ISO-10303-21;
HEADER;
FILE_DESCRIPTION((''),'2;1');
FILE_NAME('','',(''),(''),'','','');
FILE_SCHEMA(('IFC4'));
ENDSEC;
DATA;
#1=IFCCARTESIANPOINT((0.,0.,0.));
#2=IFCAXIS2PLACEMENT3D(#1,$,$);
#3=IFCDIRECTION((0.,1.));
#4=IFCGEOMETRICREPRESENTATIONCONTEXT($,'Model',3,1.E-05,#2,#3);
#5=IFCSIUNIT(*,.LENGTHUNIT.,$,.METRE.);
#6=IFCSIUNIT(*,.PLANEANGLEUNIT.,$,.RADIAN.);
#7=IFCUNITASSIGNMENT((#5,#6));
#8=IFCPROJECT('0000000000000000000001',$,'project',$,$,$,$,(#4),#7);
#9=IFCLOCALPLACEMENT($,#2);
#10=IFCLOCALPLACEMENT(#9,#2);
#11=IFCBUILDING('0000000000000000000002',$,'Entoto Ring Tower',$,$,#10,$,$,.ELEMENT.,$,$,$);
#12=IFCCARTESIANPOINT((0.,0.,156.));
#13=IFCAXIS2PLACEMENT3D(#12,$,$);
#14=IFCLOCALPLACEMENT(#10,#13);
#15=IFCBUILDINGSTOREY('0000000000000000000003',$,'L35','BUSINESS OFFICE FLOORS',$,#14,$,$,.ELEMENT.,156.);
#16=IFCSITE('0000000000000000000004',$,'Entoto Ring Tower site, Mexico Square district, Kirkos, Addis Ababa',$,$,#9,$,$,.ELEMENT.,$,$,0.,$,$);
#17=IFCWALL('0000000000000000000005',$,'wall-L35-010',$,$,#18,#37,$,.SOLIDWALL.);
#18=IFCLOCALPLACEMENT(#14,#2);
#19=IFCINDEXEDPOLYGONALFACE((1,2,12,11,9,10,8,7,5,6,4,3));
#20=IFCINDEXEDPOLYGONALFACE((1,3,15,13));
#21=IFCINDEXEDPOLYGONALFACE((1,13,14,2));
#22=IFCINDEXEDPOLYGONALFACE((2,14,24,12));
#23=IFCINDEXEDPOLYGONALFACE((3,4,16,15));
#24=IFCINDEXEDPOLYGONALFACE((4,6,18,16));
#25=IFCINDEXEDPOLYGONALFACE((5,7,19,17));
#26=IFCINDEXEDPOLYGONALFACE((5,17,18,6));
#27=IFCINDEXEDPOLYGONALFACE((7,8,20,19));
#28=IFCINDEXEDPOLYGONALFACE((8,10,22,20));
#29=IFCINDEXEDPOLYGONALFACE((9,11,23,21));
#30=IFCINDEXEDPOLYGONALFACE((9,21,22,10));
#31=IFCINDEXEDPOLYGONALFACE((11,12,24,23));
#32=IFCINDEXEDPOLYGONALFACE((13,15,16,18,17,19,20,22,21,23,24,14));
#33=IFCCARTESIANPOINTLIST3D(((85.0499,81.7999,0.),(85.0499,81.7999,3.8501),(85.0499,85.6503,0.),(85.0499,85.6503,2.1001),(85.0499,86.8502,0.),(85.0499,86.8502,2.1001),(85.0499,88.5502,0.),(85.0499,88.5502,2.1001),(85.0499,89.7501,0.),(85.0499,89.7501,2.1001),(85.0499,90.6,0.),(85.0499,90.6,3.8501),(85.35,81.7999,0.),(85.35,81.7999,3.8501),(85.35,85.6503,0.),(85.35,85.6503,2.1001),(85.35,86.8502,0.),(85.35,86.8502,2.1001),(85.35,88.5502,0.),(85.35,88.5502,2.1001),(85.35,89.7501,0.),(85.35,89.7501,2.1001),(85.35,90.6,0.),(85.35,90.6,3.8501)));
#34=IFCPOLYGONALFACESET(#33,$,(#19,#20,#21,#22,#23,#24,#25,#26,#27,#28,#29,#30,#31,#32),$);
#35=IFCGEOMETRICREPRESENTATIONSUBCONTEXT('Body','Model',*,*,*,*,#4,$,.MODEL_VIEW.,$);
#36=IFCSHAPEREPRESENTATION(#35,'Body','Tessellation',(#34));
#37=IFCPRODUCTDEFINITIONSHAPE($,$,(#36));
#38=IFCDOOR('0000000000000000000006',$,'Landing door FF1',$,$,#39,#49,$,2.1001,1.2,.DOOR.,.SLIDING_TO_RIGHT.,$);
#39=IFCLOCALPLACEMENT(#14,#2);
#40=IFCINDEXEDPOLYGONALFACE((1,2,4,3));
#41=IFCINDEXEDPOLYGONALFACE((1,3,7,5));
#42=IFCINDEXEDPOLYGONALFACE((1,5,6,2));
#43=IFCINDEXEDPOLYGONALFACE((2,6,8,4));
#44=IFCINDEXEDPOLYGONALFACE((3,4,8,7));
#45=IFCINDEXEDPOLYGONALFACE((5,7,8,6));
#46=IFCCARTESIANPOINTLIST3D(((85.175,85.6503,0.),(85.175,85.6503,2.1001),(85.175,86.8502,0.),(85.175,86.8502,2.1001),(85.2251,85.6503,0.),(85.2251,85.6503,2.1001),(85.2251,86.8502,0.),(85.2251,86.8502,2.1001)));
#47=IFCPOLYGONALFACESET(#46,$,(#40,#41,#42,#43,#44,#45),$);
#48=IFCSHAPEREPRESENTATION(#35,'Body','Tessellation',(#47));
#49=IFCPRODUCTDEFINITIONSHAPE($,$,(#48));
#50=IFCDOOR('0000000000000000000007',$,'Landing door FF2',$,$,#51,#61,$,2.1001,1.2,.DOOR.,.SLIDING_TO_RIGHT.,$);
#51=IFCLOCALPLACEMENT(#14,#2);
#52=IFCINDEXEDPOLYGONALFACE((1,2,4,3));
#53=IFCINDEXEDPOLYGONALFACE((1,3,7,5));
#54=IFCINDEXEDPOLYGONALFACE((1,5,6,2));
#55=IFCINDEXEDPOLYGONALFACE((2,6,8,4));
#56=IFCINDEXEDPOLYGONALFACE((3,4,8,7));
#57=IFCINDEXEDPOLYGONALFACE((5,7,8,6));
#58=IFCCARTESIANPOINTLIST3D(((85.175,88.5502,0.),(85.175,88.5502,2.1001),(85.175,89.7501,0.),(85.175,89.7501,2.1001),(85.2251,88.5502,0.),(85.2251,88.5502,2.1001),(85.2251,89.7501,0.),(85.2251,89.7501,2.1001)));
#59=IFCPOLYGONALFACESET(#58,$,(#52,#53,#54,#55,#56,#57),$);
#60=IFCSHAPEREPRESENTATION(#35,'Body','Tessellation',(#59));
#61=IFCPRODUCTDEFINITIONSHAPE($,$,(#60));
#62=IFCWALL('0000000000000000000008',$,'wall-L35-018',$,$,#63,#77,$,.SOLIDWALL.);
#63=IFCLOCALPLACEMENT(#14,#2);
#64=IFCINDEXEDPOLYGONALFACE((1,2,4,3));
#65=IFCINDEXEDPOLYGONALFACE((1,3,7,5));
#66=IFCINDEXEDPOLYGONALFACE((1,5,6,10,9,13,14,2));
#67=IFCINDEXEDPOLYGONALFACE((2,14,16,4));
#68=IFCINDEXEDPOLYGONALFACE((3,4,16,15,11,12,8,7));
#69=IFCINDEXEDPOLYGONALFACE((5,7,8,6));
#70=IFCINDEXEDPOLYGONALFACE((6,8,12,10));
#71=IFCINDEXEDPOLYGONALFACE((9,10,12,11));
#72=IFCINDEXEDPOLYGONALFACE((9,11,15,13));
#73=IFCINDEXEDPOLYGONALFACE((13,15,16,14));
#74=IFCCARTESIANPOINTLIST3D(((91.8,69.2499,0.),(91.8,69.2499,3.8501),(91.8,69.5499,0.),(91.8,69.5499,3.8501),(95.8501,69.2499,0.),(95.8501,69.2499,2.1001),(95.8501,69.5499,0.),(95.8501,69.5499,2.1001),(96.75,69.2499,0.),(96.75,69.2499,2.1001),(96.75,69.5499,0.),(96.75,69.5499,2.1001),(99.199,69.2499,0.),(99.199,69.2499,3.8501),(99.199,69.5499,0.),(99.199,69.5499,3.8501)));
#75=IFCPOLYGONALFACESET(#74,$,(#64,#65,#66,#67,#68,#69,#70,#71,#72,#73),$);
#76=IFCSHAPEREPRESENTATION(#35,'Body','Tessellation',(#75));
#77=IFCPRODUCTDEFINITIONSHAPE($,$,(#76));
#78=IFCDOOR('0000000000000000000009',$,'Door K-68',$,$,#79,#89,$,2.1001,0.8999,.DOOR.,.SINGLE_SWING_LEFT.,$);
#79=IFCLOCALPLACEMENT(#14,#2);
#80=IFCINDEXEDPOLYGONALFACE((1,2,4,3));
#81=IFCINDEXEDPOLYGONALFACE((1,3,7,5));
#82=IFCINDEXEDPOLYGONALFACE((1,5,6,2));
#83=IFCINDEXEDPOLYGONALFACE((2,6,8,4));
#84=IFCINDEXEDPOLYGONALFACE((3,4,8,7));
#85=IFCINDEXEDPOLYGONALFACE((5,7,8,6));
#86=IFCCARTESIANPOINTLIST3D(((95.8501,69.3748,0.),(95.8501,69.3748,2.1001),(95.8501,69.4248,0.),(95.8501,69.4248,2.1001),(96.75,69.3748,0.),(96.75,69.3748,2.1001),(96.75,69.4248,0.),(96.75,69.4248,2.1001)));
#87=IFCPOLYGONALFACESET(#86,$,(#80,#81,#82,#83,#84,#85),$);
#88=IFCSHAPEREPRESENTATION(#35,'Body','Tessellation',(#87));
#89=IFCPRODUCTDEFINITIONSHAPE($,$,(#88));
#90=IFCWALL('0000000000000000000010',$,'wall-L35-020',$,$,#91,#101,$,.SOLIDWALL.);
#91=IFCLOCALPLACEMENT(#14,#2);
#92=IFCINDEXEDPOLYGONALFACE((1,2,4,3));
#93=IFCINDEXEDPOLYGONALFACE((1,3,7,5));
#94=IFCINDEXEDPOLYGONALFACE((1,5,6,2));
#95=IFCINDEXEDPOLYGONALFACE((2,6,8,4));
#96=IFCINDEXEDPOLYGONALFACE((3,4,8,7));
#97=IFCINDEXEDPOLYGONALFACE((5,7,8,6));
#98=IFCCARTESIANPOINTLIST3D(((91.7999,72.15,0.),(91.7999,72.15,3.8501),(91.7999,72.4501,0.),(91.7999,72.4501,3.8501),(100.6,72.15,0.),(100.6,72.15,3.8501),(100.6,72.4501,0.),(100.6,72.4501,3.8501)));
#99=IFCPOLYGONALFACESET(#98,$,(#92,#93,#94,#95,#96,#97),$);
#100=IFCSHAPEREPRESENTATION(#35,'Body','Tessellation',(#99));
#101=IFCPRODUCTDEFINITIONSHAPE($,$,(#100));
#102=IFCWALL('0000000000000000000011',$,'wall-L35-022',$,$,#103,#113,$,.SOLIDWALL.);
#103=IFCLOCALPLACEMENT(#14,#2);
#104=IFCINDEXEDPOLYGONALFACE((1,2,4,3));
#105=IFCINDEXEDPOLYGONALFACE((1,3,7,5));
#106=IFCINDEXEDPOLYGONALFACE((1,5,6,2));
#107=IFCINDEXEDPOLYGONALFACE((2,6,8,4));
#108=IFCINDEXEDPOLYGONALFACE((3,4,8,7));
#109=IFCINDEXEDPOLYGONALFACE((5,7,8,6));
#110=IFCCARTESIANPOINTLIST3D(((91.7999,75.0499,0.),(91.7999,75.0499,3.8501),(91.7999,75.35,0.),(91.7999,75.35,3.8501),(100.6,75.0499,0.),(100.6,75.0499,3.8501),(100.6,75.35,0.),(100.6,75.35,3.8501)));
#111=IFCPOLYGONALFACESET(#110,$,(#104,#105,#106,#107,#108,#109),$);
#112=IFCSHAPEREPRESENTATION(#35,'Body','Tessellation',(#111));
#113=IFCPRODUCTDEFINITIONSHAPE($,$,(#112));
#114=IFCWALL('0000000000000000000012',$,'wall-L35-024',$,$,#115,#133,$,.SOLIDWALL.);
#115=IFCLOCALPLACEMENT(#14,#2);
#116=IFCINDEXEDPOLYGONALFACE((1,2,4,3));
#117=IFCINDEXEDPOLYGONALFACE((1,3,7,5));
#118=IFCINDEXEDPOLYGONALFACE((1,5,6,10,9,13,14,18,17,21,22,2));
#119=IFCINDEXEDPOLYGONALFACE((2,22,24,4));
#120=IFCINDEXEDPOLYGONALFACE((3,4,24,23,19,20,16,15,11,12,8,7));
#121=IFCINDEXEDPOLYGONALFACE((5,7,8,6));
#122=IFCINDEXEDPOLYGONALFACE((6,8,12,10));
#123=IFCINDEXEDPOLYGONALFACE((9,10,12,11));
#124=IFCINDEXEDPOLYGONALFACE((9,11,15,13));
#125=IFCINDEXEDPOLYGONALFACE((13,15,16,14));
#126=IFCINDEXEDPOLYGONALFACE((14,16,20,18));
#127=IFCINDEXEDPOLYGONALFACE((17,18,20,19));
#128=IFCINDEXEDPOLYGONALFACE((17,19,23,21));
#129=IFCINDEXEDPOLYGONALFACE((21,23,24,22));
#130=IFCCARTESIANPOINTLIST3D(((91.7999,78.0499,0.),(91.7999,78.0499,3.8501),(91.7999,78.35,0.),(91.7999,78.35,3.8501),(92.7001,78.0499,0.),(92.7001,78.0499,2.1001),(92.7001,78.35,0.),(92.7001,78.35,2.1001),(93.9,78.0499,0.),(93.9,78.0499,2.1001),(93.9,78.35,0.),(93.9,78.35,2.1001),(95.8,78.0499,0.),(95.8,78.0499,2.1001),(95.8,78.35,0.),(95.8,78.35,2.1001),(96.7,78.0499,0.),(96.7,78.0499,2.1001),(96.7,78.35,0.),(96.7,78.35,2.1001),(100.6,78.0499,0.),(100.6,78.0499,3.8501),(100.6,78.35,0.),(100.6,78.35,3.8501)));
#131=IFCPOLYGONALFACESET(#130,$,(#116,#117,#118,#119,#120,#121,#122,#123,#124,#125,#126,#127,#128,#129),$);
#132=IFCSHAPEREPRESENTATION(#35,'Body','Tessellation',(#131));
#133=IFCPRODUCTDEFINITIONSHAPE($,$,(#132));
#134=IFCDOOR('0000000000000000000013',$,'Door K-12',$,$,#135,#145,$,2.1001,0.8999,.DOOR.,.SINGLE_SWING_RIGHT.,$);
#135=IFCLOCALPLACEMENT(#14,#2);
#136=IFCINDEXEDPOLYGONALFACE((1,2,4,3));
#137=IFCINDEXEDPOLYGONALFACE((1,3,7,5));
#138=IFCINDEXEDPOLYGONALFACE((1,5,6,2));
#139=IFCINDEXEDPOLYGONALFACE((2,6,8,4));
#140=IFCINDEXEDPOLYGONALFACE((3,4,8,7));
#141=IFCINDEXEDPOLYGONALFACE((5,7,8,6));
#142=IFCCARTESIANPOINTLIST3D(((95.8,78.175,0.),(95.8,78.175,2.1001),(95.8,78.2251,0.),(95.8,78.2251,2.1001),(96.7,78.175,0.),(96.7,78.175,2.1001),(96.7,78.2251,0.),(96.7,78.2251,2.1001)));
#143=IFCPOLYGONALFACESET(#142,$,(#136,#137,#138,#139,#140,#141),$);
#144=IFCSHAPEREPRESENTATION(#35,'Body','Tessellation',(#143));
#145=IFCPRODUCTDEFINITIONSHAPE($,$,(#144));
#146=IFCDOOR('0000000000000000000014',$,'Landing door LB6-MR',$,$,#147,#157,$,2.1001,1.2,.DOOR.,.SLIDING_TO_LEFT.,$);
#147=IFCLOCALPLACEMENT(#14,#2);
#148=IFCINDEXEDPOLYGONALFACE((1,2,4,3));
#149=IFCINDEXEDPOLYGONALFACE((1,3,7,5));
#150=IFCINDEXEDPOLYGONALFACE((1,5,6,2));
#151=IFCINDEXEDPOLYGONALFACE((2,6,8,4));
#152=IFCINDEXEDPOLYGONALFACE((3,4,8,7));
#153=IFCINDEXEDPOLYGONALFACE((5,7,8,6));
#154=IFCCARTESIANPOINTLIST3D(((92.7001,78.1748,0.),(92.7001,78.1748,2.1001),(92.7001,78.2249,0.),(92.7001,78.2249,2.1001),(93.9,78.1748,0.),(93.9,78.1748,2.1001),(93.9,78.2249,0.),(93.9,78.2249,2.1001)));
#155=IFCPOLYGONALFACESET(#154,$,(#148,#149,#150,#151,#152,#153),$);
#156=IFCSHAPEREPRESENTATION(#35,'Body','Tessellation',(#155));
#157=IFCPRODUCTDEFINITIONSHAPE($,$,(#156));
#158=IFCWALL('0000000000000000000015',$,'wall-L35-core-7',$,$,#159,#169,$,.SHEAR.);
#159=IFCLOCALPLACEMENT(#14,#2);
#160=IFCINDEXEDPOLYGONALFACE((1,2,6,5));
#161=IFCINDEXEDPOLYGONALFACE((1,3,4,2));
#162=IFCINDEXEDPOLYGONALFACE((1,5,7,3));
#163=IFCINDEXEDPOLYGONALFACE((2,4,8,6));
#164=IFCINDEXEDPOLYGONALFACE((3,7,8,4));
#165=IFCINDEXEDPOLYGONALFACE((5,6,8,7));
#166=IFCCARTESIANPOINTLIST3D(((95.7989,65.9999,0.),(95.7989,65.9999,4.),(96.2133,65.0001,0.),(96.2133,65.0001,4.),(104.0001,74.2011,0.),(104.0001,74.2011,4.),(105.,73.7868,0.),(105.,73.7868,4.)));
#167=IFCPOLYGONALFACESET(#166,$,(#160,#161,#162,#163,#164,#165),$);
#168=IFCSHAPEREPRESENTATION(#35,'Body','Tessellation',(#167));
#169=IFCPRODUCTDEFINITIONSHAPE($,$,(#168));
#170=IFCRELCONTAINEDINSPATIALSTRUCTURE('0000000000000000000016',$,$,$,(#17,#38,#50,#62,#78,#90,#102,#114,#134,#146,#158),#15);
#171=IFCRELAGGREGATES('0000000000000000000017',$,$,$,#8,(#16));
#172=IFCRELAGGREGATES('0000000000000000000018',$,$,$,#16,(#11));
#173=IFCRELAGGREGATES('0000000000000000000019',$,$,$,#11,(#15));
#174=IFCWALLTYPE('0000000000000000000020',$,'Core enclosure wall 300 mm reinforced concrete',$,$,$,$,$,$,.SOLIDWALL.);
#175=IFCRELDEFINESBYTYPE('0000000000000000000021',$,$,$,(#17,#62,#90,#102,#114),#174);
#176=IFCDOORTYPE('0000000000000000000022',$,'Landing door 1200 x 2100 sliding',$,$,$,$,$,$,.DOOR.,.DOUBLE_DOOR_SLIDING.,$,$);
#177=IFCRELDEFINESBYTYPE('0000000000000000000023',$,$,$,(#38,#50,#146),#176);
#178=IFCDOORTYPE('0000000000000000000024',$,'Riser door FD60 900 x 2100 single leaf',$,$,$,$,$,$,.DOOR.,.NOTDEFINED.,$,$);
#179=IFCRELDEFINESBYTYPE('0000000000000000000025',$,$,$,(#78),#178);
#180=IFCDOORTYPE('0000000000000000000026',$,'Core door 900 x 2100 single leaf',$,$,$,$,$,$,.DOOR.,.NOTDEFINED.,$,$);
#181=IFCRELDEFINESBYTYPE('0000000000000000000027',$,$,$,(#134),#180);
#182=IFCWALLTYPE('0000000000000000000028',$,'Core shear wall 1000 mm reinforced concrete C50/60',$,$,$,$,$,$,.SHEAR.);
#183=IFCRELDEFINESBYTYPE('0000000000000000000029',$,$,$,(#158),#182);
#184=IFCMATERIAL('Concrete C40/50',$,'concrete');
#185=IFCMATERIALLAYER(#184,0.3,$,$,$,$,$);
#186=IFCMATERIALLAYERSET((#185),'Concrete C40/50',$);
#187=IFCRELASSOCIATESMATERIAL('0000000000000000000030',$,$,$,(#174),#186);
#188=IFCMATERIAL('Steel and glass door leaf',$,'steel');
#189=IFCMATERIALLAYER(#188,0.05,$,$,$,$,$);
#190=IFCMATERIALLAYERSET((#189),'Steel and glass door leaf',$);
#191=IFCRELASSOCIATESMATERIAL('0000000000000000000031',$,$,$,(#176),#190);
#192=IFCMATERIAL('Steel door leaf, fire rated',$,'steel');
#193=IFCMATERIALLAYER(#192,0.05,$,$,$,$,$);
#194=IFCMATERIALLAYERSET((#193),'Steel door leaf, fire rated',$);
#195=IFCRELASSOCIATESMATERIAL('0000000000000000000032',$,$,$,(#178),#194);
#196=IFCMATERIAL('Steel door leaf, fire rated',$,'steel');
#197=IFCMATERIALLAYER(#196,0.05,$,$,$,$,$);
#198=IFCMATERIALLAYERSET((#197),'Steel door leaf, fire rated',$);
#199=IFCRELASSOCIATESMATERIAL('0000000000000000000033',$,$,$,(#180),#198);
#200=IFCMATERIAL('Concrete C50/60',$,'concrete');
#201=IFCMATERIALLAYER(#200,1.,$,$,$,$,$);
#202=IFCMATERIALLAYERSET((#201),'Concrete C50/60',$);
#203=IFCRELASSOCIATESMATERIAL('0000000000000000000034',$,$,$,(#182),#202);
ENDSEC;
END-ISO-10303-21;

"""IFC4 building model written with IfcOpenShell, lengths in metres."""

from ifc_helpers import new_model, si_unit, direction, frame, frame_2d, origin, place, context, subcontext, project, spatial, polyline, rectangle, outline, extrude, material, layer, layer_set, type_object, element, fill, save


model = new_model("IFC4")

# Units and contexts
model_context = context("Model", 3, precision=1e-05, world=origin(), true_north=direction((0.0, 1.0)))
body_context = subcontext(model_context, "Body", "Model", "MODEL_VIEW")
ifc_project = project(units=[si_unit("LENGTHUNIT", "METRE"), si_unit("PLANEANGLEUNIT", "RADIAN")], contexts=[model_context])

# Site, building, storey
site_placement = place(None, origin())
site = spatial("IfcSite", under=ifc_project, at=site_placement, Name="Entoto Ring Tower site, Mexico Square district, Kirkos, Addis Ababa", CompositionType="ELEMENT", RefElevation=0.0)
building_placement = place(site_placement, origin())
building = spatial("IfcBuilding", under=site, at=building_placement, Name="Entoto Ring Tower", CompositionType="ELEMENT")
storey_placement = place(building_placement, frame((0.0, 0.0, 156.0)))
storey = spatial("IfcBuildingStorey", under=building, at=storey_placement, Name="L35", Description="BUSINESS OFFICE FLOORS", CompositionType="ELEMENT", Elevation=156.0)

# Shared definitions
ifc_material_1 = material(Name="Concrete C40/50", Category="concrete")
ifc_layer_1 = layer(ifc_material_1, 0.3)
ifc_layer_set_1 = layer_set([ifc_layer_1], Name="Concrete C40/50")
wall_type_1 = type_object("IfcWallType", Name="Core enclosure wall 300 mm reinforced concrete", PredefinedType="SOLIDWALL", material=ifc_layer_set_1)

# Shared definitions
ifc_material_2 = material(Name="Steel and glass door leaf", Category="steel")
ifc_layer_2 = layer(ifc_material_2, 0.05)
ifc_layer_set_2 = layer_set([ifc_layer_2], Name="Steel and glass door leaf")
door_type_1 = type_object("IfcDoorType", Name="Landing door 1200 x 2100 sliding", OperationType="DOUBLE_DOOR_SLIDING", PredefinedType="DOOR", material=ifc_layer_set_2)

# Wall, openings, doors
wall_1_placement = place(storey_placement, frame((85.2, 81.8, 0.0), z_axis=(0.0, 0.0, 1.0), x_axis=(0.0, 1.0, 0.0)))
wall_1 = element("IfcWall", 1, at=wall_1_placement, inside=storey, type_object=wall_type_1, Name="wall-L35-010", PredefinedType="SOLIDWALL", context=body_context, shape_type="SweptSolid", body=[
    extrude(rectangle(XDim=8.8, YDim=0.3, at=frame_2d((4.3999, 0.0))), origin(), (0.0, 0.0, 1.0), 3.8501),
])
opening_1_placement = place(wall_1_placement, frame((3.8501, 0.0, 0.0)))
opening_1 = element("IfcOpeningElement", 2, at=opening_1_placement, cuts=wall_1, PredefinedType="OPENING", context=body_context, shape_type="SweptSolid", body=[
    extrude(rectangle(XDim=1.2, YDim=2.1001, at=frame_2d((0.6001, 1.05))), frame((0.0, 0.1602, 0.0), z_axis=(0.0, -1.0, 0.0), x_axis=(1.0, 0.0, 0.0)), (0.0, 0.0, 1.0), 0.3201),
])
opening_2_placement = place(wall_1_placement, frame((6.75, 0.0, 0.0)))
opening_2 = element("IfcOpeningElement", 3, at=opening_2_placement, cuts=wall_1, PredefinedType="OPENING", context=body_context, shape_type="SweptSolid", body=[
    extrude(rectangle(XDim=1.2, YDim=2.1001, at=frame_2d((0.6001, 1.05))), frame((0.0, 0.1602, 0.0), z_axis=(0.0, -1.0, 0.0), x_axis=(1.0, 0.0, 0.0)), (0.0, 0.0, 1.0), 0.3201),
])
door_1_placement = place(opening_1_placement, origin())
door_1 = element("IfcDoor", 4, at=door_1_placement, inside=storey, type_object=door_type_1, Name="Landing door FF1", OperationType="SLIDING_TO_RIGHT", OverallHeight=2.1001, OverallWidth=1.2, PredefinedType="DOOR", context=body_context, shape_type="SweptSolid", body=[
    extrude(rectangle(XDim=1.2, YDim=2.1001, at=frame_2d((0.6001, 1.05))), frame((0.0, 0.0249, 0.0), z_axis=(0.0, -1.0, 0.0), x_axis=(1.0, 0.0, 0.0)), (0.0, 0.0, 1.0), 0.05),
])
fill(opening_1, door_1)
door_2_placement = place(opening_2_placement, origin())
door_2 = element("IfcDoor", 5, at=door_2_placement, inside=storey, type_object=door_type_1, Name="Landing door FF2", OperationType="SLIDING_TO_RIGHT", OverallHeight=2.1001, OverallWidth=1.2, PredefinedType="DOOR", context=body_context, shape_type="SweptSolid", body=[
    extrude(rectangle(XDim=1.2, YDim=2.1001, at=frame_2d((0.6001, 1.05))), frame((0.0, 0.0249, 0.0), z_axis=(0.0, -1.0, 0.0), x_axis=(1.0, 0.0, 0.0)), (0.0, 0.0, 1.0), 0.05),
])
fill(opening_2, door_2)

# Wall, opening, door
wall_2_placement = place(storey_placement, frame((91.8, 69.3999, 0.0), z_axis=(0.0, 0.0, 1.0), x_axis=(1.0, 0.0, 0.0)))
wall_2 = element("IfcWall", 6, at=wall_2_placement, inside=storey, type_object=wall_type_1, Name="wall-L35-018", PredefinedType="SOLIDWALL", context=body_context, shape_type="SweptSolid", body=[
    extrude(rectangle(XDim=7.3989, YDim=0.3, at=frame_2d((3.6995, 0.0))), origin(), (0.0, 0.0, 1.0), 3.8501),
])
opening_3_placement = place(wall_2_placement, frame((4.05, 0.0, 0.0)))
opening_3 = element("IfcOpeningElement", 7, at=opening_3_placement, cuts=wall_2, PredefinedType="OPENING", context=body_context, shape_type="SweptSolid", body=[
    extrude(rectangle(XDim=0.8999, YDim=2.1001, at=frame_2d((0.45, 1.05))), frame((0.0, 0.1602, 0.0), z_axis=(0.0, -1.0, 0.0), x_axis=(1.0, 0.0, 0.0)), (0.0, 0.0, 1.0), 0.3201),
])
ifc_material_3 = material(Name="Steel door leaf, fire rated", Category="steel")
ifc_layer_3 = layer(ifc_material_3, 0.05)
ifc_layer_set_3 = layer_set([ifc_layer_3], Name="Steel door leaf, fire rated")
door_type_2 = type_object("IfcDoorType", Name="Riser door FD60 900 x 2100 single leaf", OperationType="NOTDEFINED", PredefinedType="DOOR", material=ifc_layer_set_3)
door_3_placement = place(opening_3_placement, origin())
door_3 = element("IfcDoor", 8, at=door_3_placement, inside=storey, type_object=door_type_2, Name="Door K-68", OperationType="SINGLE_SWING_LEFT", OverallHeight=2.1001, OverallWidth=0.8999, PredefinedType="DOOR", context=body_context, shape_type="SweptSolid", body=[
    extrude(rectangle(XDim=0.8999, YDim=2.1001, at=frame_2d((0.45, 1.05))), frame((0.0, 0.0249, 0.0), z_axis=(0.0, -1.0, 0.0), x_axis=(1.0, 0.0, 0.0)), (0.0, 0.0, 1.0), 0.05),
])
fill(opening_3, door_3)

# Walls
for number, where, z_axis, x_axis, name in (
    (9, (91.8, 72.3, 0.0), (0.0, 0.0, 1.0), (1.0, 0.0, 0.0), "wall-L35-020"),
    (10, (91.8, 75.2, 0.0), (0.0, 0.0, 1.0), (1.0, 0.0, 0.0), "wall-L35-022"),
):
    element("IfcWall", number, at=place(storey_placement, frame(where, z_axis=z_axis, x_axis=x_axis)), inside=storey, type_object=wall_type_1, Name=name, PredefinedType="SOLIDWALL", context=body_context, shape_type="SweptSolid", body=[
        extrude(rectangle(XDim=8.8, YDim=0.3, at=frame_2d((4.3999, 0.0))), origin(), (0.0, 0.0, 1.0), 3.8501),
    ])

# Wall, openings, doors
wall_3_placement = place(storey_placement, frame((91.8, 78.2, 0.0), z_axis=(0.0, 0.0, 1.0), x_axis=(1.0, 0.0, 0.0)))
wall_3 = element("IfcWall", 11, at=wall_3_placement, inside=storey, type_object=wall_type_1, Name="wall-L35-024", PredefinedType="SOLIDWALL", context=body_context, shape_type="SweptSolid", body=[
    extrude(rectangle(XDim=8.8, YDim=0.3, at=frame_2d((4.3999, 0.0))), origin(), (0.0, 0.0, 1.0), 3.8501),
])
opening_4_placement = place(wall_3_placement, frame((0.8999, 0.0, 0.0)))
opening_4 = element("IfcOpeningElement", 12, at=opening_4_placement, cuts=wall_3, PredefinedType="OPENING", context=body_context, shape_type="SweptSolid", body=[
    extrude(rectangle(XDim=1.2, YDim=2.1001, at=frame_2d((0.6001, 1.05))), frame((0.0, 0.1602, 0.0), z_axis=(0.0, -1.0, 0.0), x_axis=(1.0, 0.0, 0.0)), (0.0, 0.0, 1.0), 0.3201),
])
opening_5_placement = place(wall_3_placement, frame((4.0, 0.0, 0.0)))
opening_5 = element("IfcOpeningElement", 13, at=opening_5_placement, cuts=wall_3, PredefinedType="OPENING", context=body_context, shape_type="SweptSolid", body=[
    extrude(rectangle(XDim=0.8999, YDim=2.1001, at=frame_2d((0.45, 1.05))), frame((0.0, 0.1602, 0.0), z_axis=(0.0, -1.0, 0.0), x_axis=(1.0, 0.0, 0.0)), (0.0, 0.0, 1.0), 0.3201),
])
ifc_material_4 = material(Name="Steel door leaf, fire rated", Category="steel")
ifc_layer_4 = layer(ifc_material_4, 0.05)
ifc_layer_set_4 = layer_set([ifc_layer_4], Name="Steel door leaf, fire rated")
door_type_3 = type_object("IfcDoorType", Name="Core door 900 x 2100 single leaf", OperationType="NOTDEFINED", PredefinedType="DOOR", material=ifc_layer_set_4)
door_4_placement = place(opening_5_placement, frame((0.8999, 0.0, 0.0), z_axis=(0.0, 0.0, 1.0), x_axis=(-1.0, 0.0, 0.0)))
door_4 = element("IfcDoor", 14, at=door_4_placement, inside=storey, type_object=door_type_3, Name="Door K-12", OperationType="SINGLE_SWING_RIGHT", OverallHeight=2.1001, OverallWidth=0.8999, PredefinedType="DOOR", context=body_context, shape_type="SweptSolid", body=[
    extrude(rectangle(XDim=0.8999, YDim=2.1001, at=frame_2d((0.45, 1.05))), frame((0.0, 0.0249, 0.0), z_axis=(0.0, -1.0, 0.0), x_axis=(1.0, 0.0, 0.0)), (0.0, 0.0, 1.0), 0.05),
])
fill(opening_5, door_4)
door_5_placement = place(opening_4_placement, origin())
door_5 = element("IfcDoor", 15, at=door_5_placement, inside=storey, type_object=door_type_1, Name="Landing door LB6-MR", OperationType="SLIDING_TO_LEFT", OverallHeight=2.1001, OverallWidth=1.2, PredefinedType="DOOR", context=body_context, shape_type="SweptSolid", body=[
    extrude(rectangle(XDim=1.2, YDim=2.1001, at=frame_2d((0.6001, 1.05))), frame((0.0, 0.0249, 0.0), z_axis=(0.0, -1.0, 0.0), x_axis=(1.0, 0.0, 0.0)), (0.0, 0.0, 1.0), 0.05),
])
fill(opening_4, door_5)

# Wall
ifc_material_5 = material(Name="Concrete C50/60", Category="concrete")
ifc_layer_5 = layer(ifc_material_5, 1.0)
ifc_layer_set_5 = layer_set([ifc_layer_5], Name="Concrete C50/60")
wall_type_2 = type_object("IfcWallType", Name="Core shear wall 1000 mm reinforced concrete C50/60", PredefinedType="SHEAR", material=ifc_layer_set_5)
wall_4_placement = place(storey_placement, frame((96.0061, 65.5, 0.0), z_axis=(0.0, 0.0, 1.0), x_axis=(0.707107, 0.707107, 0.0)))
element("IfcWall", 16, at=wall_4_placement, inside=storey, type_object=wall_type_2, Name="wall-L35-core-7", PredefinedType="SHEAR", context=body_context, shape_type="SweptSolid", body=[
    extrude(outline(polyline([(-0.207, -0.5), (12.2192, -0.5), (11.8052, 0.5), (0.207, 0.5), (-0.207, -0.5)])), origin(), (0.0, 0.0, 1.0), 4.0),
])

save(model, "model.ifc")
